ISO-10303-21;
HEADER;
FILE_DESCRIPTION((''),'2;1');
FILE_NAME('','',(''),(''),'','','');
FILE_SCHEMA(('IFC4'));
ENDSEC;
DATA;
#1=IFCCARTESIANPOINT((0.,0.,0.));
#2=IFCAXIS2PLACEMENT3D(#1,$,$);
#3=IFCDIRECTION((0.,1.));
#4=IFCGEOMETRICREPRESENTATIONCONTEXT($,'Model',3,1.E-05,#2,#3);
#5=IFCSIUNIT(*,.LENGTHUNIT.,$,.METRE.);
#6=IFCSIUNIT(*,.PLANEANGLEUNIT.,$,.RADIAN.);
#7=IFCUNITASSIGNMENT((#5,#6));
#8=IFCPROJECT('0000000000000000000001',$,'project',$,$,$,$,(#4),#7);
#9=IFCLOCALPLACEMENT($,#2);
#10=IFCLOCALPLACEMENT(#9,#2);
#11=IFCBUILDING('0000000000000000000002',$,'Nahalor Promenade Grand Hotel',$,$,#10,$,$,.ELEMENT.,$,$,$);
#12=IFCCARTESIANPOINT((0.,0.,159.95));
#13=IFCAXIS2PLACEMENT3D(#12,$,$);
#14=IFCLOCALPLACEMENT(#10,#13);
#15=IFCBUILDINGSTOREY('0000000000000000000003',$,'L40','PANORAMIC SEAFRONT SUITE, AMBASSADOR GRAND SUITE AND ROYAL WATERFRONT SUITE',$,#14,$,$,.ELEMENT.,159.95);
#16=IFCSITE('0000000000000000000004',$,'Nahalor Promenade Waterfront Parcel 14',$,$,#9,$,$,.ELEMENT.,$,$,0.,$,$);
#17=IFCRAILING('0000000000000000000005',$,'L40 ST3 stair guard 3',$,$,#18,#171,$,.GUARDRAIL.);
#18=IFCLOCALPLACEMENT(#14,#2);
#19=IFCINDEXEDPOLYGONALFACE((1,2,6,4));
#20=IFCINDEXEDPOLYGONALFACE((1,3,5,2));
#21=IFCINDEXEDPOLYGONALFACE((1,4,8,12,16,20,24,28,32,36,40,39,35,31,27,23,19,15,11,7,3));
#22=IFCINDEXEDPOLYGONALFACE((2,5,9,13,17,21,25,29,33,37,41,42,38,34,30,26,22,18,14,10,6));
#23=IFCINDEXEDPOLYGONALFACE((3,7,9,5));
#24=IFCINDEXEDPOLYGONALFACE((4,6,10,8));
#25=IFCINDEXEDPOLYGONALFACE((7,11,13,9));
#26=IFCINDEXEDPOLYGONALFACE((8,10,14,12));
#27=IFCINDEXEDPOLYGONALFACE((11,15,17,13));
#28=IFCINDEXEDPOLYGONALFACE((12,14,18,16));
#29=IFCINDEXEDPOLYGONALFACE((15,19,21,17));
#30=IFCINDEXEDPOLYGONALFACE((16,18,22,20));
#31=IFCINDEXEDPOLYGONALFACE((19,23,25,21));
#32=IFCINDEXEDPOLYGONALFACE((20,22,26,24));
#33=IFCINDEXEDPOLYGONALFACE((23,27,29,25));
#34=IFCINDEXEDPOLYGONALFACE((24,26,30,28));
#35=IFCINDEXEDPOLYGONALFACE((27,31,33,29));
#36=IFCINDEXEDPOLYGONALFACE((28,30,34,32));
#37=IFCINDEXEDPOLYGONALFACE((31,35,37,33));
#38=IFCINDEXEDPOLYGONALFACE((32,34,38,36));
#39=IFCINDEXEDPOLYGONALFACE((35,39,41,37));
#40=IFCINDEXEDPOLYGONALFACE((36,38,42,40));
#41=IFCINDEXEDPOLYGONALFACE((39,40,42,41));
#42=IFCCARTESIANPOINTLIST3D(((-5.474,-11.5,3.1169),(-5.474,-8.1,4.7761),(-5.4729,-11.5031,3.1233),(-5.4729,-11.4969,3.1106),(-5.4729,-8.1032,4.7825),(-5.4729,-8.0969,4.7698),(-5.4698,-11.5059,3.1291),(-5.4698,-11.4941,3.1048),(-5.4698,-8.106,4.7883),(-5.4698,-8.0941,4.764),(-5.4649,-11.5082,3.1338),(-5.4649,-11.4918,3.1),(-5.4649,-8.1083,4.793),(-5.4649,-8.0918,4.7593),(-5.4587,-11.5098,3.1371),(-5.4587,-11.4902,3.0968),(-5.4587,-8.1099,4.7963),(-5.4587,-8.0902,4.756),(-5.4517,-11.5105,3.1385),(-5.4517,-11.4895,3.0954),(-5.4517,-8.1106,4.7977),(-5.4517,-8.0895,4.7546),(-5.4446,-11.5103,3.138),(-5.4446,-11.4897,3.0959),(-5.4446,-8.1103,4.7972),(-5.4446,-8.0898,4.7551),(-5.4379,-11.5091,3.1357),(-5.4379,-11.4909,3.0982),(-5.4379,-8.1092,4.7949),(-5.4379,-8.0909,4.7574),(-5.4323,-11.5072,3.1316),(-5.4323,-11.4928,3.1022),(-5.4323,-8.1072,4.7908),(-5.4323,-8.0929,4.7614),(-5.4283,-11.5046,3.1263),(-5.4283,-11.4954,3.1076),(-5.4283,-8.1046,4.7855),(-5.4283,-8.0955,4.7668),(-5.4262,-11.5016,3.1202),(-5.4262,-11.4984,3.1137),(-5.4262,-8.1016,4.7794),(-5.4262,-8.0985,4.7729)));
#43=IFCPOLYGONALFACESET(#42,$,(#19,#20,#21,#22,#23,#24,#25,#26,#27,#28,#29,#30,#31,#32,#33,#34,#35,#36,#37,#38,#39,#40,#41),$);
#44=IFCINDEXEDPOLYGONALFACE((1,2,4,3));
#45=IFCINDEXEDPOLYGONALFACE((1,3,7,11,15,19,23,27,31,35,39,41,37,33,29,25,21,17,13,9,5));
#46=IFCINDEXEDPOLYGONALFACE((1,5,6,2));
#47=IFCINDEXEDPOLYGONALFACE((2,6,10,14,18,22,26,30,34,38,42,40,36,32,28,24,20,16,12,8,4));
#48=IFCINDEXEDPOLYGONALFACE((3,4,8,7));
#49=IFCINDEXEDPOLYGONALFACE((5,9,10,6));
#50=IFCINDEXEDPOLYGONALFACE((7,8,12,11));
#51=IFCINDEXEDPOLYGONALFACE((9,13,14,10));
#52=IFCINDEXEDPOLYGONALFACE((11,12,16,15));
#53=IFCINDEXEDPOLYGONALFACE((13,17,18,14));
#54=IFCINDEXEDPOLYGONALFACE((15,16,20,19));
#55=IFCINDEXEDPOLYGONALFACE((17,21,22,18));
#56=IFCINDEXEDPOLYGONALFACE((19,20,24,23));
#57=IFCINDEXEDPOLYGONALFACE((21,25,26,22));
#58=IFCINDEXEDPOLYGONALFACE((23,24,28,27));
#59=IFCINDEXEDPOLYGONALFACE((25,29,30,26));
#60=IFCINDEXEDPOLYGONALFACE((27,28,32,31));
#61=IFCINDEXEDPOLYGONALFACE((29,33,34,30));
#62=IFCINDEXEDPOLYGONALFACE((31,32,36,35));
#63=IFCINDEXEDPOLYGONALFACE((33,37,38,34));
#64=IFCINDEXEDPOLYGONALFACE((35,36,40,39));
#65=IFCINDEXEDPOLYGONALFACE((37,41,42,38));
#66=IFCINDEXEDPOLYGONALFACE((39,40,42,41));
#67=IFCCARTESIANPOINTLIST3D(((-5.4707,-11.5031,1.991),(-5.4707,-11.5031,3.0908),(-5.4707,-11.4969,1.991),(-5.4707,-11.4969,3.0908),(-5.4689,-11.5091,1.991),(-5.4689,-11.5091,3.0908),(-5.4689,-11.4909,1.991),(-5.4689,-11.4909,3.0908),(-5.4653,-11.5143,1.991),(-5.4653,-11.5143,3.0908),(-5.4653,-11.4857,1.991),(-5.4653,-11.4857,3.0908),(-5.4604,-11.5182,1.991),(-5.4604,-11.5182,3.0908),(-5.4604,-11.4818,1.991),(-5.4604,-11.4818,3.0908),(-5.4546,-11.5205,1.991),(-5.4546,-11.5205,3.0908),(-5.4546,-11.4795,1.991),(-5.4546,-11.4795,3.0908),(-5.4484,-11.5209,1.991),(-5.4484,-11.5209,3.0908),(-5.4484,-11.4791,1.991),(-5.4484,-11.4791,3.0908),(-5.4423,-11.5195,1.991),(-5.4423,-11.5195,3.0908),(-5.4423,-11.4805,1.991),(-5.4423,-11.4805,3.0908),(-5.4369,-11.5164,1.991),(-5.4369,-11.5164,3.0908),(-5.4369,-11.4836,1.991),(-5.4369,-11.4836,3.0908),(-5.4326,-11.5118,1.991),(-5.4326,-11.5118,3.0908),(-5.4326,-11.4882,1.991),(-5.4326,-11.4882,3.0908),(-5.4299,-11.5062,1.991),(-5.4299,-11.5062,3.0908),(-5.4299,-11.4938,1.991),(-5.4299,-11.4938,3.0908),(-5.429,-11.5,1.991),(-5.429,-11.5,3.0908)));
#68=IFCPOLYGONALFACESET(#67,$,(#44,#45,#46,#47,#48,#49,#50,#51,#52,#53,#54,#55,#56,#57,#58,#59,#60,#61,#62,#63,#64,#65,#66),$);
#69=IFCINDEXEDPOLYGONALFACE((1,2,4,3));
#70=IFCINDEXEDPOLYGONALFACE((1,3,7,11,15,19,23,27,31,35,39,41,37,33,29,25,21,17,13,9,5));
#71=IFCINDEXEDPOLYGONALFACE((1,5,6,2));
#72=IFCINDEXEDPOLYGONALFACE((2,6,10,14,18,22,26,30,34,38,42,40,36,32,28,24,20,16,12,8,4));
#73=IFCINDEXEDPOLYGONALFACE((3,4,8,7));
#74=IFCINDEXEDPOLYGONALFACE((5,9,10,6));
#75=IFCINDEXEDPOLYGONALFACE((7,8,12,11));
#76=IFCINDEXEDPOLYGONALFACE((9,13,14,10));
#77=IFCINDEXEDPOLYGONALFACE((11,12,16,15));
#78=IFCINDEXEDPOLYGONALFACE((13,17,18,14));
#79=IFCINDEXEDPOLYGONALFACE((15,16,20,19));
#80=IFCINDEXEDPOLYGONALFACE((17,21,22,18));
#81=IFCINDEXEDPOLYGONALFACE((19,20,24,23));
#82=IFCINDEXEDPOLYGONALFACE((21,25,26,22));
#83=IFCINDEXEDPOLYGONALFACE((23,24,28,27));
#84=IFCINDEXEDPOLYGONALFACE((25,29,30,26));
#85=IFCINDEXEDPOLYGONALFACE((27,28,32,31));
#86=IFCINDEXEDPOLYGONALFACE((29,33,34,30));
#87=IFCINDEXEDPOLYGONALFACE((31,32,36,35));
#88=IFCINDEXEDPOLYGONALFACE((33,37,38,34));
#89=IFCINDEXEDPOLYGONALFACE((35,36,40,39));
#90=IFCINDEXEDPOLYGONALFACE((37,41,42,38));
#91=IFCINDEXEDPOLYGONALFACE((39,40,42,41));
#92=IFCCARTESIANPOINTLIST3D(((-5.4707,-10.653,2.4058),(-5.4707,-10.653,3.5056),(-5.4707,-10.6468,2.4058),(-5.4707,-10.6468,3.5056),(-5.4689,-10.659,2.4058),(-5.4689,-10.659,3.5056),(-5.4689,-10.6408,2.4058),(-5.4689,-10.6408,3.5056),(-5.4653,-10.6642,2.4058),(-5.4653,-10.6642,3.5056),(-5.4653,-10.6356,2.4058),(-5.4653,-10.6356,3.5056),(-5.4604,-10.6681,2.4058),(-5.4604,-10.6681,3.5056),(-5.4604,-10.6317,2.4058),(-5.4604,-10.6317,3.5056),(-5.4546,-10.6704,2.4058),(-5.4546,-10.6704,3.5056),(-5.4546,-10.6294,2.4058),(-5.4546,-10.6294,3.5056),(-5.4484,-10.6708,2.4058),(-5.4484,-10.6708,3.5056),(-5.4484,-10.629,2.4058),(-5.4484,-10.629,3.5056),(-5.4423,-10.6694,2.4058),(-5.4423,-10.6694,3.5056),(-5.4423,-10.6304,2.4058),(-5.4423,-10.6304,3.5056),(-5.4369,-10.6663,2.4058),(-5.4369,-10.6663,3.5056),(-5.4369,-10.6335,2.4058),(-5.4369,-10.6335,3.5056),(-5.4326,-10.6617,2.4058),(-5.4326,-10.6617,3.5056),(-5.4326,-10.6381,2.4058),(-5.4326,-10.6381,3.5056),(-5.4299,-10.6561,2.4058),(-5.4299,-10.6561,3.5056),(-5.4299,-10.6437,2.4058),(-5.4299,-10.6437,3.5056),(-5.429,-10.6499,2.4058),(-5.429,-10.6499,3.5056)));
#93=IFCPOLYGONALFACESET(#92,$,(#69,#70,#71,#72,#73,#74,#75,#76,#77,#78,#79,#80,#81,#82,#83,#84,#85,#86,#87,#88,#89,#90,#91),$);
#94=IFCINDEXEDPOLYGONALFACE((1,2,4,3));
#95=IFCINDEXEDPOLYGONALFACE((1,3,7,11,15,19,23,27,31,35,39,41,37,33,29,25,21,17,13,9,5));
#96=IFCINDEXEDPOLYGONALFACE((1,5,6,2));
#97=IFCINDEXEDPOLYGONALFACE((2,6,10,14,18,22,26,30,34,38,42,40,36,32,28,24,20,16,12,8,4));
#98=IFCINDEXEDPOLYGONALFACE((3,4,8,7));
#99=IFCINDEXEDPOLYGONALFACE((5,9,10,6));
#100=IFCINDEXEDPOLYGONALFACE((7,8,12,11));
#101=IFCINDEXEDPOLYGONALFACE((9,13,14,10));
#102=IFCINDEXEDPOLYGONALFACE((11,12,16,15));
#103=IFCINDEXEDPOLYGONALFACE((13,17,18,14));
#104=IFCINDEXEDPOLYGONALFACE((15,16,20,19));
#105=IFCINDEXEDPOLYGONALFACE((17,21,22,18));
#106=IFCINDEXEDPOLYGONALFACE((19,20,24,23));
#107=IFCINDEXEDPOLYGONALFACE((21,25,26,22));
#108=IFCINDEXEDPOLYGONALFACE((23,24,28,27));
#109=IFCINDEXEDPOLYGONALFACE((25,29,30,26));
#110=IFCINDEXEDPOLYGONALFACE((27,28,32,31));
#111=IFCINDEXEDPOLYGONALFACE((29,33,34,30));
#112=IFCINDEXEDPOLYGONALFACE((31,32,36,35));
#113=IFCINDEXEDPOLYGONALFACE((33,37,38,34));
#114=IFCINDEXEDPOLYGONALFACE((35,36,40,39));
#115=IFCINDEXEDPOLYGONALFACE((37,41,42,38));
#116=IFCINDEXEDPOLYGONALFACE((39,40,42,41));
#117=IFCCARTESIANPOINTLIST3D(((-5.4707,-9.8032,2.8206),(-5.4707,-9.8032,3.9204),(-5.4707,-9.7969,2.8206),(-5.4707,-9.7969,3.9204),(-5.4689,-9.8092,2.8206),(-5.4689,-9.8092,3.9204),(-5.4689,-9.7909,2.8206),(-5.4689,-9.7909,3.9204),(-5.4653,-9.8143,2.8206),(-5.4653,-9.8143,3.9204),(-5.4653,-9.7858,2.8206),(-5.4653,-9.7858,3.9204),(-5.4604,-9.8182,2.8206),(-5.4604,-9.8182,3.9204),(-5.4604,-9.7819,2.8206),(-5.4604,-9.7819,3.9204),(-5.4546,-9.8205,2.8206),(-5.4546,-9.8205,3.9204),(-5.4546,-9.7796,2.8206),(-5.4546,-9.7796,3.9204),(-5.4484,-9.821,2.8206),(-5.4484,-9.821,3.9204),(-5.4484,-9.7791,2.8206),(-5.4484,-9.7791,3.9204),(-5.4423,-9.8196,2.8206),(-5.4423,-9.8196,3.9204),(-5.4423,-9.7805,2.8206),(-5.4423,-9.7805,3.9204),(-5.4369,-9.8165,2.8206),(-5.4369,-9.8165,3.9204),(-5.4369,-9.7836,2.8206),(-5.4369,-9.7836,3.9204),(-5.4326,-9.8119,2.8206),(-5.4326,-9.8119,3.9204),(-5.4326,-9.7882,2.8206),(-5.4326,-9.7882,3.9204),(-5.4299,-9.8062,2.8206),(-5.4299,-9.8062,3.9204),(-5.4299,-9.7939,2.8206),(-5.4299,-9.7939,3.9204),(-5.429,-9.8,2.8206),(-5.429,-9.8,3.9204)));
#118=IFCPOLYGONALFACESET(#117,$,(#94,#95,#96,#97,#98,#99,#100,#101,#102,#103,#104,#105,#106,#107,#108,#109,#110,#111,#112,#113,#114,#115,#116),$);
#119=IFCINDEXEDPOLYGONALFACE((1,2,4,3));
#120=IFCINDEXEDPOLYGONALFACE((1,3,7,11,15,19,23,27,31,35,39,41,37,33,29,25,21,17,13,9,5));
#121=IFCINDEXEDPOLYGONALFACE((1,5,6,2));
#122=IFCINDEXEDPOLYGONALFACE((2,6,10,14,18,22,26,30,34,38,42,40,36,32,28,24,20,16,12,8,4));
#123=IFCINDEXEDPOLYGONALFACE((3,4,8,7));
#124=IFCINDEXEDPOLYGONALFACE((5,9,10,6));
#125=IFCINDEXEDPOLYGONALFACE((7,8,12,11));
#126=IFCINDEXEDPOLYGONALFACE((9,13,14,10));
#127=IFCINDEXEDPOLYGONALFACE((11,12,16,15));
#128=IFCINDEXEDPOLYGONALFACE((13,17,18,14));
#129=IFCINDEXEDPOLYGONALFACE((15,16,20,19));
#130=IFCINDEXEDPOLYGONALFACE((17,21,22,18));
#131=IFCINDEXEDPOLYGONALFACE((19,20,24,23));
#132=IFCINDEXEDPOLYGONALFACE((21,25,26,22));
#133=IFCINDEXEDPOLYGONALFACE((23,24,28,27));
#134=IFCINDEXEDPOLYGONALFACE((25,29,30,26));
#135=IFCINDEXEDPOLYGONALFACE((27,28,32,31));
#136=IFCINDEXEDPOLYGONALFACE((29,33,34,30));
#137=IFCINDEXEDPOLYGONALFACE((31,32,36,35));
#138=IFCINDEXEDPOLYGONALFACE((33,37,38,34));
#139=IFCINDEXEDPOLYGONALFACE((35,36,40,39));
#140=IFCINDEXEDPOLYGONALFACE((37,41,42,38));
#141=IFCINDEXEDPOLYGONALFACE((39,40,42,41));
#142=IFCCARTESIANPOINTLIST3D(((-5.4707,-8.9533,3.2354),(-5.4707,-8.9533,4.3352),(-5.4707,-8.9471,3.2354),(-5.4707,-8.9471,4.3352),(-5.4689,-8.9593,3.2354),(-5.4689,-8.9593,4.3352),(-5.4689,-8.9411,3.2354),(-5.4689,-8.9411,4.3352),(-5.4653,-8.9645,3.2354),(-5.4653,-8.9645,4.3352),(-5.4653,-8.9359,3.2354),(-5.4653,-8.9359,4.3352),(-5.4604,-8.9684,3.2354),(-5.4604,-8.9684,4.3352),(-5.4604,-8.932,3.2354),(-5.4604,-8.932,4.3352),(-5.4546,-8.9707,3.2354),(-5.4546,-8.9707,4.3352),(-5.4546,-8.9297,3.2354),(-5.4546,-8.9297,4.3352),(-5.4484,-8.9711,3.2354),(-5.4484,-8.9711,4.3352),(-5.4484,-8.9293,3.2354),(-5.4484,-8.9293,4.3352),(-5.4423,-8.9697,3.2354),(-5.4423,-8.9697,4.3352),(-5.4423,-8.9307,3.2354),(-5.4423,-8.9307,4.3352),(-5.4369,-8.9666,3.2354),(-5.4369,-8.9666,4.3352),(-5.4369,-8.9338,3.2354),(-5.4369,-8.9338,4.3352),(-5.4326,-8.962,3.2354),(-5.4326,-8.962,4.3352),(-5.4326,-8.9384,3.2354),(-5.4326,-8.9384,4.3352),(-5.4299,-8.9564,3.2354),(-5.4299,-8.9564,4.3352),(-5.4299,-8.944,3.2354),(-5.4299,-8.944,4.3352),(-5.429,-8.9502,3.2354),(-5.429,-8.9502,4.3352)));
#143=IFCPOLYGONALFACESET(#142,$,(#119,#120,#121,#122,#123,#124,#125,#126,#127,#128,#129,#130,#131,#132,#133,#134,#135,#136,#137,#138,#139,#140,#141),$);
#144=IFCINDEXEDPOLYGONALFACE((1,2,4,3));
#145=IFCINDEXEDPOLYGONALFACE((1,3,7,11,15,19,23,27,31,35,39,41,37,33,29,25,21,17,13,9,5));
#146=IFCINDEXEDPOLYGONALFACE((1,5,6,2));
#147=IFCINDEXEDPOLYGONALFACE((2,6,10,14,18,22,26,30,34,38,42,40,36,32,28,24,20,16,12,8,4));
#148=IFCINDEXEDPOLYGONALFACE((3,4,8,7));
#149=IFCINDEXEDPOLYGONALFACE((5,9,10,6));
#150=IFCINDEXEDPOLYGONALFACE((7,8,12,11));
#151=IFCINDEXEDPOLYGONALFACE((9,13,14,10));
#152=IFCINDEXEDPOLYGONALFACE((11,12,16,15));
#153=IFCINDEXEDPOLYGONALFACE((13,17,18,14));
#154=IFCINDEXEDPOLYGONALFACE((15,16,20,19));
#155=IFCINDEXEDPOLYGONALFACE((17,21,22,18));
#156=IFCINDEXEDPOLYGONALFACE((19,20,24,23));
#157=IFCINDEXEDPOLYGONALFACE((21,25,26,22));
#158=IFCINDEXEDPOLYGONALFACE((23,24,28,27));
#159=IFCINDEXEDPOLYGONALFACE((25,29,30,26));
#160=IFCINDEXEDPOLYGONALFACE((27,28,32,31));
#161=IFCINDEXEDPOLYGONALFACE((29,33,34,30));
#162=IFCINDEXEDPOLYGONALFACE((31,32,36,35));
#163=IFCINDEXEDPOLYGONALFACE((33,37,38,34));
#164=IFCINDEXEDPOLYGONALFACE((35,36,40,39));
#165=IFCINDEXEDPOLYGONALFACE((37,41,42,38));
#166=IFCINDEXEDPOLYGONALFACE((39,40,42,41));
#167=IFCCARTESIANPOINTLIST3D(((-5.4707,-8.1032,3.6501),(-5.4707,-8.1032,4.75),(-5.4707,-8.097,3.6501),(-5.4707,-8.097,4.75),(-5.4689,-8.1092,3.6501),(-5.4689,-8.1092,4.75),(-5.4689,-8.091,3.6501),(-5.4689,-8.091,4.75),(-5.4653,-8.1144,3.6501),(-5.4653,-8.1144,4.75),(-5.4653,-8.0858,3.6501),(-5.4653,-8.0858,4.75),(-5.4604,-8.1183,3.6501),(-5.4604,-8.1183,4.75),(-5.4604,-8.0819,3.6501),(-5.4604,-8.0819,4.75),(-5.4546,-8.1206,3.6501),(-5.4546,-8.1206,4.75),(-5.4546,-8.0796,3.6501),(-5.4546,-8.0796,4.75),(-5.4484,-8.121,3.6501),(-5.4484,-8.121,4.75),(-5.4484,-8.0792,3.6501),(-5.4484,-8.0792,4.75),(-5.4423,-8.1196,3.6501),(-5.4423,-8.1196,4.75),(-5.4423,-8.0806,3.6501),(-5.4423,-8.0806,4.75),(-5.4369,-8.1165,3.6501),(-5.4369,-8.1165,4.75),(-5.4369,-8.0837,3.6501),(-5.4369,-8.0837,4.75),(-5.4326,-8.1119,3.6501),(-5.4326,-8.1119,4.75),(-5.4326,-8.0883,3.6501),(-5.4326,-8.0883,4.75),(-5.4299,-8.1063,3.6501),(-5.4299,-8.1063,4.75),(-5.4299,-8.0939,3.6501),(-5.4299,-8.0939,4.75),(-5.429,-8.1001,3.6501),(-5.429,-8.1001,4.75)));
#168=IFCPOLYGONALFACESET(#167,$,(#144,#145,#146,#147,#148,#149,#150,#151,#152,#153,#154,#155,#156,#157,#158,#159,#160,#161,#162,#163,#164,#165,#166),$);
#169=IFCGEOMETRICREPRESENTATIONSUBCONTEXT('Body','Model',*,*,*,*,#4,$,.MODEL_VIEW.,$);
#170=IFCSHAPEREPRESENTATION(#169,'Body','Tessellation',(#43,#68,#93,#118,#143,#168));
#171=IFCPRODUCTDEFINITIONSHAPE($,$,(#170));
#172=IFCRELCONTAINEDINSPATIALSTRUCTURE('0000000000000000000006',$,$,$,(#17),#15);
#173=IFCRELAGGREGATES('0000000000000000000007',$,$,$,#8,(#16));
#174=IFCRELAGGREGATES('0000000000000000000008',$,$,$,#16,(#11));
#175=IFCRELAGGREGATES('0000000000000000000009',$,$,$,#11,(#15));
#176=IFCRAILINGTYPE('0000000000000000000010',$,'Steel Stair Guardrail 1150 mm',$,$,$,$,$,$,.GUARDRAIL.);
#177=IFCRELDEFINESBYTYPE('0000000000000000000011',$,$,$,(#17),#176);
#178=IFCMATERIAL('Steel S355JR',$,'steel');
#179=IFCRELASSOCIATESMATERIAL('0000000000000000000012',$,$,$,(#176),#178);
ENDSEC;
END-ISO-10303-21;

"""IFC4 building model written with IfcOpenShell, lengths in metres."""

from ifc_helpers import new_model, si_unit, direction, frame, origin, origin_2d, place, context, subcontext, project, spatial, circle, extrude, material, type_object, element, save


model = new_model("IFC4")

# Units and contexts
model_context = context("Model", 3, precision=1e-05, world=origin(), true_north=direction((0.0, 1.0)))
body_context = subcontext(model_context, "Body", "Model", "MODEL_VIEW")
ifc_project = project(units=[si_unit("LENGTHUNIT", "METRE"), si_unit("PLANEANGLEUNIT", "RADIAN")], contexts=[model_context])

# Site, building, storey
site_placement = place(None, origin())
site = spatial("IfcSite", under=ifc_project, at=site_placement, Name="Nahalor Promenade Waterfront Parcel 14", CompositionType="ELEMENT", RefElevation=0.0)
building_placement = place(site_placement, origin())
building = spatial("IfcBuilding", under=site, at=building_placement, Name="Nahalor Promenade Grand Hotel", CompositionType="ELEMENT")
storey_placement = place(building_placement, frame((0.0, 0.0, 159.95)))
storey = spatial("IfcBuildingStorey", under=building, at=storey_placement, Name="L40", Description="PANORAMIC SEAFRONT SUITE, AMBASSADOR GRAND SUITE AND ROYAL WATERFRONT SUITE", CompositionType="ELEMENT", Elevation=159.95)

# Shared definitions
ifc_material_1 = material(Name="Steel S355JR", Category="steel")

# Railing
railing_type_1 = type_object("IfcRailingType", Name="Steel Stair Guardrail 1150 mm", PredefinedType="GUARDRAIL", material=ifc_material_1)
railing_1_placement = place(storey_placement, frame((-5.45, -11.5, 1.991)))
element("IfcRailing", 1, at=railing_1_placement, inside=storey, type_object=railing_type_1, Name="L40 ST3 stair guard 3", PredefinedType="GUARDRAIL", context=body_context, shape_type="SweptSolid", body=[
    extrude(circle(Radius=0.024, at=origin_2d()), frame((0.0, 0.0, 1.126), z_axis=(0.0, 0.898696, 0.438571), x_axis=(-1.0, 0.0, 0.0)), (0.0, 0.0, 1.0), 3.7832),
    extrude(circle(Radius=0.021, at=origin_2d()), origin(), (0.0, 0.0, 1.0), 1.0999),
    extrude(circle(Radius=0.021, at=origin_2d()), frame((0.0, 0.8501, 0.4148)), (0.0, 0.0, 1.0), 1.0999),
    extrude(circle(Radius=0.021, at=origin_2d()), frame((0.0, 1.7, 0.8296)), (0.0, 0.0, 1.0), 1.0999),
    extrude(circle(Radius=0.021, at=origin_2d()), frame((0.0, 2.5498, 1.2444)), (0.0, 0.0, 1.0), 1.0999),
    extrude(circle(Radius=0.021, at=origin_2d()), frame((0.0, 3.3999, 1.6592)), (0.0, 0.0, 1.0), 1.0999),
])

save(model, "model.ifc")
